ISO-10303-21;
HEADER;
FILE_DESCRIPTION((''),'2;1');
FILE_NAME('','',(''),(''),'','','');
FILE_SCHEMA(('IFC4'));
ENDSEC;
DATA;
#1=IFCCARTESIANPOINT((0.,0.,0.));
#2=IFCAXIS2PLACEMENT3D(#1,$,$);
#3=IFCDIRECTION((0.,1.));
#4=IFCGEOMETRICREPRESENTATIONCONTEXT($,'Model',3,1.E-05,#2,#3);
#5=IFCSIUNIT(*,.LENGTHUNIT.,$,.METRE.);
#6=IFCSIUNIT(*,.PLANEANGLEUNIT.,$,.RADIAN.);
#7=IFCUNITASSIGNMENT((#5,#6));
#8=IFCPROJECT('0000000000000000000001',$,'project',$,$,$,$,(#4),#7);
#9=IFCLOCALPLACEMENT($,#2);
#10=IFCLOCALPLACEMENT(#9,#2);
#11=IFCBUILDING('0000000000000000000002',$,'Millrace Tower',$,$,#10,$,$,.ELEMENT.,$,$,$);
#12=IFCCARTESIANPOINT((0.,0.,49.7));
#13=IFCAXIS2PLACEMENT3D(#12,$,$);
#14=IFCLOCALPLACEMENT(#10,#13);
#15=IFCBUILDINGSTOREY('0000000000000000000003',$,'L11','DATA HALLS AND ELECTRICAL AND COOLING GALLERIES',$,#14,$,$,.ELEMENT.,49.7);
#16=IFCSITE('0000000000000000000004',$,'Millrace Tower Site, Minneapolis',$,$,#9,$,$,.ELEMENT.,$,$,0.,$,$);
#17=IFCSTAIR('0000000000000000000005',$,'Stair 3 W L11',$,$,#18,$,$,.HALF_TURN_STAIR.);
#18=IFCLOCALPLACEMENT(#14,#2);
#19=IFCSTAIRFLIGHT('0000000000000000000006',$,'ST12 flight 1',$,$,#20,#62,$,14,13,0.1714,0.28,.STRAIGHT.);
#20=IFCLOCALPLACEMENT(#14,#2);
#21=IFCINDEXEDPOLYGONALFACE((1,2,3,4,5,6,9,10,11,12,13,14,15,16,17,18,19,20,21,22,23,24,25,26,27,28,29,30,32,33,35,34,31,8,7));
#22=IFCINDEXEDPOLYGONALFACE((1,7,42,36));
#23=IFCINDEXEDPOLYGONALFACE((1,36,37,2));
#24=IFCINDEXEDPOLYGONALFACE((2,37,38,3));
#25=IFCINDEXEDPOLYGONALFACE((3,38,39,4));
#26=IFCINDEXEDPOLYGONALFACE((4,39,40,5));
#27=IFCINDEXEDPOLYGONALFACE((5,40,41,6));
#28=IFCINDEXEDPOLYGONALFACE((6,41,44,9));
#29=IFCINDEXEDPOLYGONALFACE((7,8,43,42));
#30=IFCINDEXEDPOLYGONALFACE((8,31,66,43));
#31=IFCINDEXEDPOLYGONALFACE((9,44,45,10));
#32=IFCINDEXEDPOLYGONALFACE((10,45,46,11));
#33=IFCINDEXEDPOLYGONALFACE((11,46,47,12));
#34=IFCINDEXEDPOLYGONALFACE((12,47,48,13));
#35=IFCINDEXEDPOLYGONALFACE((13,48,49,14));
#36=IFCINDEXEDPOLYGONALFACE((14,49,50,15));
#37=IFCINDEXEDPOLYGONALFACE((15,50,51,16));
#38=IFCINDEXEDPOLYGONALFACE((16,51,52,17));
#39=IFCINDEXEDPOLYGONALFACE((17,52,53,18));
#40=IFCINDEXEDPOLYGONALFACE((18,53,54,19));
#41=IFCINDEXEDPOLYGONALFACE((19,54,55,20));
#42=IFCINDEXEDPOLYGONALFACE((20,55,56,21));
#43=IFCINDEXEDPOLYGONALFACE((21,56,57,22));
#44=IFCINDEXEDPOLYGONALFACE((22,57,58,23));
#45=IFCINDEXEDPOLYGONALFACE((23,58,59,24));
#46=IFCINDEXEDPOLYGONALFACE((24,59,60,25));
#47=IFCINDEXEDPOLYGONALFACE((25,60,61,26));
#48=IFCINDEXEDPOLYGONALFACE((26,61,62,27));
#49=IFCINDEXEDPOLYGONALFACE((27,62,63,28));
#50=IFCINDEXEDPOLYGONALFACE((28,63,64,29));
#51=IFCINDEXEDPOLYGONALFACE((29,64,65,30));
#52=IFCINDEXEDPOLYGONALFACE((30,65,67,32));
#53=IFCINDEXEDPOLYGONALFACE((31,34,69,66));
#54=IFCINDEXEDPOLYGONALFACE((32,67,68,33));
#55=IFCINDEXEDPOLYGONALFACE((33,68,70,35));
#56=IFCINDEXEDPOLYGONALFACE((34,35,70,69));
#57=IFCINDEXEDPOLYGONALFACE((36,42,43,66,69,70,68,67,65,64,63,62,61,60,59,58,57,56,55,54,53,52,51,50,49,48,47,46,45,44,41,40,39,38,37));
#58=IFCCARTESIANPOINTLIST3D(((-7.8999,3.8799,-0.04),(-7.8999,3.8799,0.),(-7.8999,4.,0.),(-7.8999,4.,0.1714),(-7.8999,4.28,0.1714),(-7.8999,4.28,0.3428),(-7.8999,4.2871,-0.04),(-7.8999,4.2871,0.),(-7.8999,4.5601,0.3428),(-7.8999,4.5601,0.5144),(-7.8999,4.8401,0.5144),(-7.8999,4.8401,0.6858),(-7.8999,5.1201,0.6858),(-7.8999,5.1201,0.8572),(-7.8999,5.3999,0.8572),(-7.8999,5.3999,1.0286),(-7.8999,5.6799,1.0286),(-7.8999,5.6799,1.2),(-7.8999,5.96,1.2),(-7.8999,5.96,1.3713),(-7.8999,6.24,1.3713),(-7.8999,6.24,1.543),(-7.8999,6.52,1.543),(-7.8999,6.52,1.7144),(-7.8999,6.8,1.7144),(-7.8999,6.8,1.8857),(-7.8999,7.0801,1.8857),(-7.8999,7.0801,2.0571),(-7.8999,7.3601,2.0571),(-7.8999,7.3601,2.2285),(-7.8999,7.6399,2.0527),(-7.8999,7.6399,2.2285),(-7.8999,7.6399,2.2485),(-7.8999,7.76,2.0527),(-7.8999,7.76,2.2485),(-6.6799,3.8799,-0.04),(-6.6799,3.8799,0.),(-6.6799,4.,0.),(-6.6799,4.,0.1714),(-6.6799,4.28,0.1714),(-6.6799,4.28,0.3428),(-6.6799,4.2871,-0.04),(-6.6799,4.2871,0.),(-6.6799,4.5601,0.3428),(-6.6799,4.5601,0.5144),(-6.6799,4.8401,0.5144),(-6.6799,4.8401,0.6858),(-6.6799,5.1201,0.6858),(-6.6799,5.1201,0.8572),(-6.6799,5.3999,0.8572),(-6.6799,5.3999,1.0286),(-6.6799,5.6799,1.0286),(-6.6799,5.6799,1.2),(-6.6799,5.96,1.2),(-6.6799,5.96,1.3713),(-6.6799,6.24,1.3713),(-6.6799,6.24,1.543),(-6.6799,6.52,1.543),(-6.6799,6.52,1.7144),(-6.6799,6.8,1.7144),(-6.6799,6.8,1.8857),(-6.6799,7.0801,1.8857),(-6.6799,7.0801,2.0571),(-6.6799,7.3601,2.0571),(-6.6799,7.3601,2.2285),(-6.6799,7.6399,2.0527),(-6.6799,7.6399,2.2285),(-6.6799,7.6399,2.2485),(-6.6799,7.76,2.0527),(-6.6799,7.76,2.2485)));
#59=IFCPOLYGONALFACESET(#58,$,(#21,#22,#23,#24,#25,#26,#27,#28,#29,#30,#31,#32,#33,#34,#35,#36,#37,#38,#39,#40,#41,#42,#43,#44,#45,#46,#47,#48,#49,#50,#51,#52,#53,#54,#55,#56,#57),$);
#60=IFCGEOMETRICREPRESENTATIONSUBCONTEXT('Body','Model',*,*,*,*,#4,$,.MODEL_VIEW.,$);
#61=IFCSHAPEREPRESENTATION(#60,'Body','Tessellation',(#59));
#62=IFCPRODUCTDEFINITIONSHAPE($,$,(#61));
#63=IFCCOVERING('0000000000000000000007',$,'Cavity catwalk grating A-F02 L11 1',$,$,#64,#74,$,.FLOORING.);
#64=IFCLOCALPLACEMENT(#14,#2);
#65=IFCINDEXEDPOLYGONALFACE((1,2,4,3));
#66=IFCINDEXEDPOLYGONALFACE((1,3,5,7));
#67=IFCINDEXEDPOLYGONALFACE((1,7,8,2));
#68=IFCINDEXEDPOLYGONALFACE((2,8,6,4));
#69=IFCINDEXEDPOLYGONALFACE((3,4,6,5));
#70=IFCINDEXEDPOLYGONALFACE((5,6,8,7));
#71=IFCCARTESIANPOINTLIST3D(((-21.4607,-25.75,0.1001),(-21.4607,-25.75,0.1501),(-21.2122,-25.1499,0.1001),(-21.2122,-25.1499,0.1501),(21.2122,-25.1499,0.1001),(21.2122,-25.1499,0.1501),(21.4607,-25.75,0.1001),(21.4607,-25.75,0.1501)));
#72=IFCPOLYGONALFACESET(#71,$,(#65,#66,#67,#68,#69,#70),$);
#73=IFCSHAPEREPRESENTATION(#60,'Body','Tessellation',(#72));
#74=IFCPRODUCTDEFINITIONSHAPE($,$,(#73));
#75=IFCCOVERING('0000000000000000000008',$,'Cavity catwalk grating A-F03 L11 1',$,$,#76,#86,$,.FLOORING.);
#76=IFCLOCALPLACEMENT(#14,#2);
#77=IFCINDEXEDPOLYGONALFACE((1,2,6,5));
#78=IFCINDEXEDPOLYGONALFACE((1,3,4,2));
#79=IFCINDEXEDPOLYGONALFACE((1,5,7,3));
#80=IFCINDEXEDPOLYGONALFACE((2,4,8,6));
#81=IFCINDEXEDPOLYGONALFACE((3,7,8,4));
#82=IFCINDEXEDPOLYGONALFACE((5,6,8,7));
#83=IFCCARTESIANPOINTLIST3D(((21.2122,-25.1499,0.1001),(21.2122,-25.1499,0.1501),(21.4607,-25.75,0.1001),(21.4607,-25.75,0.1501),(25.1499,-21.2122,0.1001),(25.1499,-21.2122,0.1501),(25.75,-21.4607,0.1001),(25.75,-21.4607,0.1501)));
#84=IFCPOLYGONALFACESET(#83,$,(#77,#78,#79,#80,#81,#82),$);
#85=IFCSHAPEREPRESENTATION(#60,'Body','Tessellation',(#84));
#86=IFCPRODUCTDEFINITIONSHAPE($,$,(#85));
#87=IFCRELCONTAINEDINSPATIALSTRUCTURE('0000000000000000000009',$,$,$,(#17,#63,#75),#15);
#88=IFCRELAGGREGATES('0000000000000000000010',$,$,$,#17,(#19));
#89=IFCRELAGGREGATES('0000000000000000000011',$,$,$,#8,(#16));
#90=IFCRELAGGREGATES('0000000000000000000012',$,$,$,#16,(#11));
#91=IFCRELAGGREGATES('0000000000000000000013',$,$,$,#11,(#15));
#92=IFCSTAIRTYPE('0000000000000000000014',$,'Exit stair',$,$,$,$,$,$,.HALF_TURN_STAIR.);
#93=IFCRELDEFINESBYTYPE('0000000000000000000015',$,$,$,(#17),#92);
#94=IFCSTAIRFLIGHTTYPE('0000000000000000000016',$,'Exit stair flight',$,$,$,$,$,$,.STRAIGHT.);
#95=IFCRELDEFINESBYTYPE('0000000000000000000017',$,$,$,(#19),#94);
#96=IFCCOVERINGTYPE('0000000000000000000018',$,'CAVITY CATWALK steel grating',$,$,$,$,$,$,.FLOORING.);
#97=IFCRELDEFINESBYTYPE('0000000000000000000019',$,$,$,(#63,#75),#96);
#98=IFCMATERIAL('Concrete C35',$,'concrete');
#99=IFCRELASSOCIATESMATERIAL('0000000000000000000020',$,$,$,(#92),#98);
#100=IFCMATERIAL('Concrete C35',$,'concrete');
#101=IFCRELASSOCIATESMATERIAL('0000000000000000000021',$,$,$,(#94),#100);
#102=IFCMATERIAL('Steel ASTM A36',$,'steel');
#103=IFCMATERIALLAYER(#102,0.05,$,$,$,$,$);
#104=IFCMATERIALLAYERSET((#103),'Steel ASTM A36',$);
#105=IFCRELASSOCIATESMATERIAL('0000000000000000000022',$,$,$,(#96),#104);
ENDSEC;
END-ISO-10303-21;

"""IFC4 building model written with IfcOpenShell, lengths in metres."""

from ifc_helpers import new_model, si_unit, direction, frame, origin, place, context, subcontext, project, spatial, polyline, outline, extrude, material, layer, layer_set, type_object, element, aggregate, save


model = new_model("IFC4")

# Units and contexts
model_context = context("Model", 3, precision=1e-05, world=origin(), true_north=direction((0.0, 1.0)))
body_context = subcontext(model_context, "Body", "Model", "MODEL_VIEW")
ifc_project = project(units=[si_unit("LENGTHUNIT", "METRE"), si_unit("PLANEANGLEUNIT", "RADIAN")], contexts=[model_context])

# Site, building, storey
site_placement = place(None, origin())
site = spatial("IfcSite", under=ifc_project, at=site_placement, Name="Millrace Tower Site, Minneapolis", CompositionType="ELEMENT", RefElevation=0.0)
building_placement = place(site_placement, origin())
building = spatial("IfcBuilding", under=site, at=building_placement, Name="Millrace Tower", CompositionType="ELEMENT")
storey_placement = place(building_placement, frame((0.0, 0.0, 49.7)))
storey = spatial("IfcBuildingStorey", under=building, at=storey_placement, Name="L11", Description="DATA HALLS AND ELECTRICAL AND COOLING GALLERIES", CompositionType="ELEMENT", Elevation=49.7)

# Shared definitions
placement_1 = place(storey_placement, origin())

# Stair, stair flight
ifc_material_1 = material(Name="Concrete C35", Category="concrete")
stair_type = type_object("IfcStairType", Name="Exit stair", PredefinedType="HALF_TURN_STAIR", material=ifc_material_1)
ifc_material_2 = material(Name="Concrete C35", Category="concrete")
stair_flight_type = type_object("IfcStairFlightType", Name="Exit stair flight", PredefinedType="STRAIGHT", material=ifc_material_2)
stair_1 = element("IfcStair", 1, at=placement_1, inside=storey, type_object=stair_type, Name="Stair 3 W L11", PredefinedType="HALF_TURN_STAIR")
stair_flight_1_placement = place(storey_placement, frame((-7.29, 4.0, 0.0), z_axis=(0.0, 0.0, 1.0), x_axis=(0.0, 1.0, 0.0)))
stair_flight_1 = element("IfcStairFlight", 2, at=stair_flight_1_placement, type_object=stair_flight_type, Name="ST12 flight 1", NumberOfRisers=14, NumberOfTreads=13, PredefinedType="STRAIGHT", RiserHeight=0.1714, TreadLength=0.28, context=body_context, shape_type="SweptSolid", body=[
    extrude(outline(polyline([(-0.1201, -0.04), (-0.1201, 0.0), (0.0, 0.0), (0.0, 0.1714), (0.28, 0.1714), (0.28, 0.3428), (0.5601, 0.3428), (0.5601, 0.5144), (0.8401, 0.5144), (0.8401, 0.6858), (1.1201, 0.6858), (1.1201, 0.8572), (1.3999, 0.8572), (1.3999, 1.0286), (1.6799, 1.0286), (1.6799, 1.2), (1.96, 1.2), (1.96, 1.3713), (2.24, 1.3713), (2.24, 1.543), (2.52, 1.543), (2.52, 1.7144), (2.8, 1.7144), (2.8, 1.8857), (3.0801, 1.8857), (3.0801, 2.0571), (3.3601, 2.0571), (3.3601, 2.2285), (3.6399, 2.2285), (3.6399, 2.2485), (3.76, 2.2485), (3.76, 2.0527), (3.6399, 2.0527), (0.2871, 0.0), (0.2871, -0.04), (-0.1201, -0.04)])), frame((0.0, 0.6099, 0.0), z_axis=(0.0, -1.0, 0.0), x_axis=(1.0, 0.0, 0.0)), (0.0, 0.0, 1.0), 1.22),
])
aggregate(stair_1, [stair_flight_1])

# Coverings
ifc_material_3 = material(Name="Steel ASTM A36", Category="steel")
ifc_layer_1 = layer(ifc_material_3, 0.05)
ifc_layer_set_1 = layer_set([ifc_layer_1], Name="Steel ASTM A36")
covering_type = type_object("IfcCoveringType", Name="CAVITY CATWALK steel grating", PredefinedType="FLOORING", material=ifc_layer_set_1)
placement_2 = place(storey_placement, frame((0.0, 0.0, 0.1001)))
element("IfcCovering", 3, at=placement_2, inside=storey, type_object=covering_type, Name="Cavity catwalk grating A-F02 L11 1", PredefinedType="FLOORING", context=body_context, shape_type="SweptSolid", body=[
    extrude(outline(polyline([(-21.4607, -25.75), (21.4607, -25.75), (21.2122, -25.1499), (-21.2122, -25.1499), (-21.4607, -25.75)])), origin(), (0.0, 0.0, 1.0), 0.05),
])
element("IfcCovering", 4, at=placement_2, inside=storey, type_object=covering_type, Name="Cavity catwalk grating A-F03 L11 1", PredefinedType="FLOORING", context=body_context, shape_type="SweptSolid", body=[
    extrude(outline(polyline([(21.4607, -25.75), (25.75, -21.4607), (25.1499, -21.2122), (21.2122, -25.1499), (21.4607, -25.75)])), origin(), (0.0, 0.0, 1.0), 0.05),
])

save(model, "model.ifc")
